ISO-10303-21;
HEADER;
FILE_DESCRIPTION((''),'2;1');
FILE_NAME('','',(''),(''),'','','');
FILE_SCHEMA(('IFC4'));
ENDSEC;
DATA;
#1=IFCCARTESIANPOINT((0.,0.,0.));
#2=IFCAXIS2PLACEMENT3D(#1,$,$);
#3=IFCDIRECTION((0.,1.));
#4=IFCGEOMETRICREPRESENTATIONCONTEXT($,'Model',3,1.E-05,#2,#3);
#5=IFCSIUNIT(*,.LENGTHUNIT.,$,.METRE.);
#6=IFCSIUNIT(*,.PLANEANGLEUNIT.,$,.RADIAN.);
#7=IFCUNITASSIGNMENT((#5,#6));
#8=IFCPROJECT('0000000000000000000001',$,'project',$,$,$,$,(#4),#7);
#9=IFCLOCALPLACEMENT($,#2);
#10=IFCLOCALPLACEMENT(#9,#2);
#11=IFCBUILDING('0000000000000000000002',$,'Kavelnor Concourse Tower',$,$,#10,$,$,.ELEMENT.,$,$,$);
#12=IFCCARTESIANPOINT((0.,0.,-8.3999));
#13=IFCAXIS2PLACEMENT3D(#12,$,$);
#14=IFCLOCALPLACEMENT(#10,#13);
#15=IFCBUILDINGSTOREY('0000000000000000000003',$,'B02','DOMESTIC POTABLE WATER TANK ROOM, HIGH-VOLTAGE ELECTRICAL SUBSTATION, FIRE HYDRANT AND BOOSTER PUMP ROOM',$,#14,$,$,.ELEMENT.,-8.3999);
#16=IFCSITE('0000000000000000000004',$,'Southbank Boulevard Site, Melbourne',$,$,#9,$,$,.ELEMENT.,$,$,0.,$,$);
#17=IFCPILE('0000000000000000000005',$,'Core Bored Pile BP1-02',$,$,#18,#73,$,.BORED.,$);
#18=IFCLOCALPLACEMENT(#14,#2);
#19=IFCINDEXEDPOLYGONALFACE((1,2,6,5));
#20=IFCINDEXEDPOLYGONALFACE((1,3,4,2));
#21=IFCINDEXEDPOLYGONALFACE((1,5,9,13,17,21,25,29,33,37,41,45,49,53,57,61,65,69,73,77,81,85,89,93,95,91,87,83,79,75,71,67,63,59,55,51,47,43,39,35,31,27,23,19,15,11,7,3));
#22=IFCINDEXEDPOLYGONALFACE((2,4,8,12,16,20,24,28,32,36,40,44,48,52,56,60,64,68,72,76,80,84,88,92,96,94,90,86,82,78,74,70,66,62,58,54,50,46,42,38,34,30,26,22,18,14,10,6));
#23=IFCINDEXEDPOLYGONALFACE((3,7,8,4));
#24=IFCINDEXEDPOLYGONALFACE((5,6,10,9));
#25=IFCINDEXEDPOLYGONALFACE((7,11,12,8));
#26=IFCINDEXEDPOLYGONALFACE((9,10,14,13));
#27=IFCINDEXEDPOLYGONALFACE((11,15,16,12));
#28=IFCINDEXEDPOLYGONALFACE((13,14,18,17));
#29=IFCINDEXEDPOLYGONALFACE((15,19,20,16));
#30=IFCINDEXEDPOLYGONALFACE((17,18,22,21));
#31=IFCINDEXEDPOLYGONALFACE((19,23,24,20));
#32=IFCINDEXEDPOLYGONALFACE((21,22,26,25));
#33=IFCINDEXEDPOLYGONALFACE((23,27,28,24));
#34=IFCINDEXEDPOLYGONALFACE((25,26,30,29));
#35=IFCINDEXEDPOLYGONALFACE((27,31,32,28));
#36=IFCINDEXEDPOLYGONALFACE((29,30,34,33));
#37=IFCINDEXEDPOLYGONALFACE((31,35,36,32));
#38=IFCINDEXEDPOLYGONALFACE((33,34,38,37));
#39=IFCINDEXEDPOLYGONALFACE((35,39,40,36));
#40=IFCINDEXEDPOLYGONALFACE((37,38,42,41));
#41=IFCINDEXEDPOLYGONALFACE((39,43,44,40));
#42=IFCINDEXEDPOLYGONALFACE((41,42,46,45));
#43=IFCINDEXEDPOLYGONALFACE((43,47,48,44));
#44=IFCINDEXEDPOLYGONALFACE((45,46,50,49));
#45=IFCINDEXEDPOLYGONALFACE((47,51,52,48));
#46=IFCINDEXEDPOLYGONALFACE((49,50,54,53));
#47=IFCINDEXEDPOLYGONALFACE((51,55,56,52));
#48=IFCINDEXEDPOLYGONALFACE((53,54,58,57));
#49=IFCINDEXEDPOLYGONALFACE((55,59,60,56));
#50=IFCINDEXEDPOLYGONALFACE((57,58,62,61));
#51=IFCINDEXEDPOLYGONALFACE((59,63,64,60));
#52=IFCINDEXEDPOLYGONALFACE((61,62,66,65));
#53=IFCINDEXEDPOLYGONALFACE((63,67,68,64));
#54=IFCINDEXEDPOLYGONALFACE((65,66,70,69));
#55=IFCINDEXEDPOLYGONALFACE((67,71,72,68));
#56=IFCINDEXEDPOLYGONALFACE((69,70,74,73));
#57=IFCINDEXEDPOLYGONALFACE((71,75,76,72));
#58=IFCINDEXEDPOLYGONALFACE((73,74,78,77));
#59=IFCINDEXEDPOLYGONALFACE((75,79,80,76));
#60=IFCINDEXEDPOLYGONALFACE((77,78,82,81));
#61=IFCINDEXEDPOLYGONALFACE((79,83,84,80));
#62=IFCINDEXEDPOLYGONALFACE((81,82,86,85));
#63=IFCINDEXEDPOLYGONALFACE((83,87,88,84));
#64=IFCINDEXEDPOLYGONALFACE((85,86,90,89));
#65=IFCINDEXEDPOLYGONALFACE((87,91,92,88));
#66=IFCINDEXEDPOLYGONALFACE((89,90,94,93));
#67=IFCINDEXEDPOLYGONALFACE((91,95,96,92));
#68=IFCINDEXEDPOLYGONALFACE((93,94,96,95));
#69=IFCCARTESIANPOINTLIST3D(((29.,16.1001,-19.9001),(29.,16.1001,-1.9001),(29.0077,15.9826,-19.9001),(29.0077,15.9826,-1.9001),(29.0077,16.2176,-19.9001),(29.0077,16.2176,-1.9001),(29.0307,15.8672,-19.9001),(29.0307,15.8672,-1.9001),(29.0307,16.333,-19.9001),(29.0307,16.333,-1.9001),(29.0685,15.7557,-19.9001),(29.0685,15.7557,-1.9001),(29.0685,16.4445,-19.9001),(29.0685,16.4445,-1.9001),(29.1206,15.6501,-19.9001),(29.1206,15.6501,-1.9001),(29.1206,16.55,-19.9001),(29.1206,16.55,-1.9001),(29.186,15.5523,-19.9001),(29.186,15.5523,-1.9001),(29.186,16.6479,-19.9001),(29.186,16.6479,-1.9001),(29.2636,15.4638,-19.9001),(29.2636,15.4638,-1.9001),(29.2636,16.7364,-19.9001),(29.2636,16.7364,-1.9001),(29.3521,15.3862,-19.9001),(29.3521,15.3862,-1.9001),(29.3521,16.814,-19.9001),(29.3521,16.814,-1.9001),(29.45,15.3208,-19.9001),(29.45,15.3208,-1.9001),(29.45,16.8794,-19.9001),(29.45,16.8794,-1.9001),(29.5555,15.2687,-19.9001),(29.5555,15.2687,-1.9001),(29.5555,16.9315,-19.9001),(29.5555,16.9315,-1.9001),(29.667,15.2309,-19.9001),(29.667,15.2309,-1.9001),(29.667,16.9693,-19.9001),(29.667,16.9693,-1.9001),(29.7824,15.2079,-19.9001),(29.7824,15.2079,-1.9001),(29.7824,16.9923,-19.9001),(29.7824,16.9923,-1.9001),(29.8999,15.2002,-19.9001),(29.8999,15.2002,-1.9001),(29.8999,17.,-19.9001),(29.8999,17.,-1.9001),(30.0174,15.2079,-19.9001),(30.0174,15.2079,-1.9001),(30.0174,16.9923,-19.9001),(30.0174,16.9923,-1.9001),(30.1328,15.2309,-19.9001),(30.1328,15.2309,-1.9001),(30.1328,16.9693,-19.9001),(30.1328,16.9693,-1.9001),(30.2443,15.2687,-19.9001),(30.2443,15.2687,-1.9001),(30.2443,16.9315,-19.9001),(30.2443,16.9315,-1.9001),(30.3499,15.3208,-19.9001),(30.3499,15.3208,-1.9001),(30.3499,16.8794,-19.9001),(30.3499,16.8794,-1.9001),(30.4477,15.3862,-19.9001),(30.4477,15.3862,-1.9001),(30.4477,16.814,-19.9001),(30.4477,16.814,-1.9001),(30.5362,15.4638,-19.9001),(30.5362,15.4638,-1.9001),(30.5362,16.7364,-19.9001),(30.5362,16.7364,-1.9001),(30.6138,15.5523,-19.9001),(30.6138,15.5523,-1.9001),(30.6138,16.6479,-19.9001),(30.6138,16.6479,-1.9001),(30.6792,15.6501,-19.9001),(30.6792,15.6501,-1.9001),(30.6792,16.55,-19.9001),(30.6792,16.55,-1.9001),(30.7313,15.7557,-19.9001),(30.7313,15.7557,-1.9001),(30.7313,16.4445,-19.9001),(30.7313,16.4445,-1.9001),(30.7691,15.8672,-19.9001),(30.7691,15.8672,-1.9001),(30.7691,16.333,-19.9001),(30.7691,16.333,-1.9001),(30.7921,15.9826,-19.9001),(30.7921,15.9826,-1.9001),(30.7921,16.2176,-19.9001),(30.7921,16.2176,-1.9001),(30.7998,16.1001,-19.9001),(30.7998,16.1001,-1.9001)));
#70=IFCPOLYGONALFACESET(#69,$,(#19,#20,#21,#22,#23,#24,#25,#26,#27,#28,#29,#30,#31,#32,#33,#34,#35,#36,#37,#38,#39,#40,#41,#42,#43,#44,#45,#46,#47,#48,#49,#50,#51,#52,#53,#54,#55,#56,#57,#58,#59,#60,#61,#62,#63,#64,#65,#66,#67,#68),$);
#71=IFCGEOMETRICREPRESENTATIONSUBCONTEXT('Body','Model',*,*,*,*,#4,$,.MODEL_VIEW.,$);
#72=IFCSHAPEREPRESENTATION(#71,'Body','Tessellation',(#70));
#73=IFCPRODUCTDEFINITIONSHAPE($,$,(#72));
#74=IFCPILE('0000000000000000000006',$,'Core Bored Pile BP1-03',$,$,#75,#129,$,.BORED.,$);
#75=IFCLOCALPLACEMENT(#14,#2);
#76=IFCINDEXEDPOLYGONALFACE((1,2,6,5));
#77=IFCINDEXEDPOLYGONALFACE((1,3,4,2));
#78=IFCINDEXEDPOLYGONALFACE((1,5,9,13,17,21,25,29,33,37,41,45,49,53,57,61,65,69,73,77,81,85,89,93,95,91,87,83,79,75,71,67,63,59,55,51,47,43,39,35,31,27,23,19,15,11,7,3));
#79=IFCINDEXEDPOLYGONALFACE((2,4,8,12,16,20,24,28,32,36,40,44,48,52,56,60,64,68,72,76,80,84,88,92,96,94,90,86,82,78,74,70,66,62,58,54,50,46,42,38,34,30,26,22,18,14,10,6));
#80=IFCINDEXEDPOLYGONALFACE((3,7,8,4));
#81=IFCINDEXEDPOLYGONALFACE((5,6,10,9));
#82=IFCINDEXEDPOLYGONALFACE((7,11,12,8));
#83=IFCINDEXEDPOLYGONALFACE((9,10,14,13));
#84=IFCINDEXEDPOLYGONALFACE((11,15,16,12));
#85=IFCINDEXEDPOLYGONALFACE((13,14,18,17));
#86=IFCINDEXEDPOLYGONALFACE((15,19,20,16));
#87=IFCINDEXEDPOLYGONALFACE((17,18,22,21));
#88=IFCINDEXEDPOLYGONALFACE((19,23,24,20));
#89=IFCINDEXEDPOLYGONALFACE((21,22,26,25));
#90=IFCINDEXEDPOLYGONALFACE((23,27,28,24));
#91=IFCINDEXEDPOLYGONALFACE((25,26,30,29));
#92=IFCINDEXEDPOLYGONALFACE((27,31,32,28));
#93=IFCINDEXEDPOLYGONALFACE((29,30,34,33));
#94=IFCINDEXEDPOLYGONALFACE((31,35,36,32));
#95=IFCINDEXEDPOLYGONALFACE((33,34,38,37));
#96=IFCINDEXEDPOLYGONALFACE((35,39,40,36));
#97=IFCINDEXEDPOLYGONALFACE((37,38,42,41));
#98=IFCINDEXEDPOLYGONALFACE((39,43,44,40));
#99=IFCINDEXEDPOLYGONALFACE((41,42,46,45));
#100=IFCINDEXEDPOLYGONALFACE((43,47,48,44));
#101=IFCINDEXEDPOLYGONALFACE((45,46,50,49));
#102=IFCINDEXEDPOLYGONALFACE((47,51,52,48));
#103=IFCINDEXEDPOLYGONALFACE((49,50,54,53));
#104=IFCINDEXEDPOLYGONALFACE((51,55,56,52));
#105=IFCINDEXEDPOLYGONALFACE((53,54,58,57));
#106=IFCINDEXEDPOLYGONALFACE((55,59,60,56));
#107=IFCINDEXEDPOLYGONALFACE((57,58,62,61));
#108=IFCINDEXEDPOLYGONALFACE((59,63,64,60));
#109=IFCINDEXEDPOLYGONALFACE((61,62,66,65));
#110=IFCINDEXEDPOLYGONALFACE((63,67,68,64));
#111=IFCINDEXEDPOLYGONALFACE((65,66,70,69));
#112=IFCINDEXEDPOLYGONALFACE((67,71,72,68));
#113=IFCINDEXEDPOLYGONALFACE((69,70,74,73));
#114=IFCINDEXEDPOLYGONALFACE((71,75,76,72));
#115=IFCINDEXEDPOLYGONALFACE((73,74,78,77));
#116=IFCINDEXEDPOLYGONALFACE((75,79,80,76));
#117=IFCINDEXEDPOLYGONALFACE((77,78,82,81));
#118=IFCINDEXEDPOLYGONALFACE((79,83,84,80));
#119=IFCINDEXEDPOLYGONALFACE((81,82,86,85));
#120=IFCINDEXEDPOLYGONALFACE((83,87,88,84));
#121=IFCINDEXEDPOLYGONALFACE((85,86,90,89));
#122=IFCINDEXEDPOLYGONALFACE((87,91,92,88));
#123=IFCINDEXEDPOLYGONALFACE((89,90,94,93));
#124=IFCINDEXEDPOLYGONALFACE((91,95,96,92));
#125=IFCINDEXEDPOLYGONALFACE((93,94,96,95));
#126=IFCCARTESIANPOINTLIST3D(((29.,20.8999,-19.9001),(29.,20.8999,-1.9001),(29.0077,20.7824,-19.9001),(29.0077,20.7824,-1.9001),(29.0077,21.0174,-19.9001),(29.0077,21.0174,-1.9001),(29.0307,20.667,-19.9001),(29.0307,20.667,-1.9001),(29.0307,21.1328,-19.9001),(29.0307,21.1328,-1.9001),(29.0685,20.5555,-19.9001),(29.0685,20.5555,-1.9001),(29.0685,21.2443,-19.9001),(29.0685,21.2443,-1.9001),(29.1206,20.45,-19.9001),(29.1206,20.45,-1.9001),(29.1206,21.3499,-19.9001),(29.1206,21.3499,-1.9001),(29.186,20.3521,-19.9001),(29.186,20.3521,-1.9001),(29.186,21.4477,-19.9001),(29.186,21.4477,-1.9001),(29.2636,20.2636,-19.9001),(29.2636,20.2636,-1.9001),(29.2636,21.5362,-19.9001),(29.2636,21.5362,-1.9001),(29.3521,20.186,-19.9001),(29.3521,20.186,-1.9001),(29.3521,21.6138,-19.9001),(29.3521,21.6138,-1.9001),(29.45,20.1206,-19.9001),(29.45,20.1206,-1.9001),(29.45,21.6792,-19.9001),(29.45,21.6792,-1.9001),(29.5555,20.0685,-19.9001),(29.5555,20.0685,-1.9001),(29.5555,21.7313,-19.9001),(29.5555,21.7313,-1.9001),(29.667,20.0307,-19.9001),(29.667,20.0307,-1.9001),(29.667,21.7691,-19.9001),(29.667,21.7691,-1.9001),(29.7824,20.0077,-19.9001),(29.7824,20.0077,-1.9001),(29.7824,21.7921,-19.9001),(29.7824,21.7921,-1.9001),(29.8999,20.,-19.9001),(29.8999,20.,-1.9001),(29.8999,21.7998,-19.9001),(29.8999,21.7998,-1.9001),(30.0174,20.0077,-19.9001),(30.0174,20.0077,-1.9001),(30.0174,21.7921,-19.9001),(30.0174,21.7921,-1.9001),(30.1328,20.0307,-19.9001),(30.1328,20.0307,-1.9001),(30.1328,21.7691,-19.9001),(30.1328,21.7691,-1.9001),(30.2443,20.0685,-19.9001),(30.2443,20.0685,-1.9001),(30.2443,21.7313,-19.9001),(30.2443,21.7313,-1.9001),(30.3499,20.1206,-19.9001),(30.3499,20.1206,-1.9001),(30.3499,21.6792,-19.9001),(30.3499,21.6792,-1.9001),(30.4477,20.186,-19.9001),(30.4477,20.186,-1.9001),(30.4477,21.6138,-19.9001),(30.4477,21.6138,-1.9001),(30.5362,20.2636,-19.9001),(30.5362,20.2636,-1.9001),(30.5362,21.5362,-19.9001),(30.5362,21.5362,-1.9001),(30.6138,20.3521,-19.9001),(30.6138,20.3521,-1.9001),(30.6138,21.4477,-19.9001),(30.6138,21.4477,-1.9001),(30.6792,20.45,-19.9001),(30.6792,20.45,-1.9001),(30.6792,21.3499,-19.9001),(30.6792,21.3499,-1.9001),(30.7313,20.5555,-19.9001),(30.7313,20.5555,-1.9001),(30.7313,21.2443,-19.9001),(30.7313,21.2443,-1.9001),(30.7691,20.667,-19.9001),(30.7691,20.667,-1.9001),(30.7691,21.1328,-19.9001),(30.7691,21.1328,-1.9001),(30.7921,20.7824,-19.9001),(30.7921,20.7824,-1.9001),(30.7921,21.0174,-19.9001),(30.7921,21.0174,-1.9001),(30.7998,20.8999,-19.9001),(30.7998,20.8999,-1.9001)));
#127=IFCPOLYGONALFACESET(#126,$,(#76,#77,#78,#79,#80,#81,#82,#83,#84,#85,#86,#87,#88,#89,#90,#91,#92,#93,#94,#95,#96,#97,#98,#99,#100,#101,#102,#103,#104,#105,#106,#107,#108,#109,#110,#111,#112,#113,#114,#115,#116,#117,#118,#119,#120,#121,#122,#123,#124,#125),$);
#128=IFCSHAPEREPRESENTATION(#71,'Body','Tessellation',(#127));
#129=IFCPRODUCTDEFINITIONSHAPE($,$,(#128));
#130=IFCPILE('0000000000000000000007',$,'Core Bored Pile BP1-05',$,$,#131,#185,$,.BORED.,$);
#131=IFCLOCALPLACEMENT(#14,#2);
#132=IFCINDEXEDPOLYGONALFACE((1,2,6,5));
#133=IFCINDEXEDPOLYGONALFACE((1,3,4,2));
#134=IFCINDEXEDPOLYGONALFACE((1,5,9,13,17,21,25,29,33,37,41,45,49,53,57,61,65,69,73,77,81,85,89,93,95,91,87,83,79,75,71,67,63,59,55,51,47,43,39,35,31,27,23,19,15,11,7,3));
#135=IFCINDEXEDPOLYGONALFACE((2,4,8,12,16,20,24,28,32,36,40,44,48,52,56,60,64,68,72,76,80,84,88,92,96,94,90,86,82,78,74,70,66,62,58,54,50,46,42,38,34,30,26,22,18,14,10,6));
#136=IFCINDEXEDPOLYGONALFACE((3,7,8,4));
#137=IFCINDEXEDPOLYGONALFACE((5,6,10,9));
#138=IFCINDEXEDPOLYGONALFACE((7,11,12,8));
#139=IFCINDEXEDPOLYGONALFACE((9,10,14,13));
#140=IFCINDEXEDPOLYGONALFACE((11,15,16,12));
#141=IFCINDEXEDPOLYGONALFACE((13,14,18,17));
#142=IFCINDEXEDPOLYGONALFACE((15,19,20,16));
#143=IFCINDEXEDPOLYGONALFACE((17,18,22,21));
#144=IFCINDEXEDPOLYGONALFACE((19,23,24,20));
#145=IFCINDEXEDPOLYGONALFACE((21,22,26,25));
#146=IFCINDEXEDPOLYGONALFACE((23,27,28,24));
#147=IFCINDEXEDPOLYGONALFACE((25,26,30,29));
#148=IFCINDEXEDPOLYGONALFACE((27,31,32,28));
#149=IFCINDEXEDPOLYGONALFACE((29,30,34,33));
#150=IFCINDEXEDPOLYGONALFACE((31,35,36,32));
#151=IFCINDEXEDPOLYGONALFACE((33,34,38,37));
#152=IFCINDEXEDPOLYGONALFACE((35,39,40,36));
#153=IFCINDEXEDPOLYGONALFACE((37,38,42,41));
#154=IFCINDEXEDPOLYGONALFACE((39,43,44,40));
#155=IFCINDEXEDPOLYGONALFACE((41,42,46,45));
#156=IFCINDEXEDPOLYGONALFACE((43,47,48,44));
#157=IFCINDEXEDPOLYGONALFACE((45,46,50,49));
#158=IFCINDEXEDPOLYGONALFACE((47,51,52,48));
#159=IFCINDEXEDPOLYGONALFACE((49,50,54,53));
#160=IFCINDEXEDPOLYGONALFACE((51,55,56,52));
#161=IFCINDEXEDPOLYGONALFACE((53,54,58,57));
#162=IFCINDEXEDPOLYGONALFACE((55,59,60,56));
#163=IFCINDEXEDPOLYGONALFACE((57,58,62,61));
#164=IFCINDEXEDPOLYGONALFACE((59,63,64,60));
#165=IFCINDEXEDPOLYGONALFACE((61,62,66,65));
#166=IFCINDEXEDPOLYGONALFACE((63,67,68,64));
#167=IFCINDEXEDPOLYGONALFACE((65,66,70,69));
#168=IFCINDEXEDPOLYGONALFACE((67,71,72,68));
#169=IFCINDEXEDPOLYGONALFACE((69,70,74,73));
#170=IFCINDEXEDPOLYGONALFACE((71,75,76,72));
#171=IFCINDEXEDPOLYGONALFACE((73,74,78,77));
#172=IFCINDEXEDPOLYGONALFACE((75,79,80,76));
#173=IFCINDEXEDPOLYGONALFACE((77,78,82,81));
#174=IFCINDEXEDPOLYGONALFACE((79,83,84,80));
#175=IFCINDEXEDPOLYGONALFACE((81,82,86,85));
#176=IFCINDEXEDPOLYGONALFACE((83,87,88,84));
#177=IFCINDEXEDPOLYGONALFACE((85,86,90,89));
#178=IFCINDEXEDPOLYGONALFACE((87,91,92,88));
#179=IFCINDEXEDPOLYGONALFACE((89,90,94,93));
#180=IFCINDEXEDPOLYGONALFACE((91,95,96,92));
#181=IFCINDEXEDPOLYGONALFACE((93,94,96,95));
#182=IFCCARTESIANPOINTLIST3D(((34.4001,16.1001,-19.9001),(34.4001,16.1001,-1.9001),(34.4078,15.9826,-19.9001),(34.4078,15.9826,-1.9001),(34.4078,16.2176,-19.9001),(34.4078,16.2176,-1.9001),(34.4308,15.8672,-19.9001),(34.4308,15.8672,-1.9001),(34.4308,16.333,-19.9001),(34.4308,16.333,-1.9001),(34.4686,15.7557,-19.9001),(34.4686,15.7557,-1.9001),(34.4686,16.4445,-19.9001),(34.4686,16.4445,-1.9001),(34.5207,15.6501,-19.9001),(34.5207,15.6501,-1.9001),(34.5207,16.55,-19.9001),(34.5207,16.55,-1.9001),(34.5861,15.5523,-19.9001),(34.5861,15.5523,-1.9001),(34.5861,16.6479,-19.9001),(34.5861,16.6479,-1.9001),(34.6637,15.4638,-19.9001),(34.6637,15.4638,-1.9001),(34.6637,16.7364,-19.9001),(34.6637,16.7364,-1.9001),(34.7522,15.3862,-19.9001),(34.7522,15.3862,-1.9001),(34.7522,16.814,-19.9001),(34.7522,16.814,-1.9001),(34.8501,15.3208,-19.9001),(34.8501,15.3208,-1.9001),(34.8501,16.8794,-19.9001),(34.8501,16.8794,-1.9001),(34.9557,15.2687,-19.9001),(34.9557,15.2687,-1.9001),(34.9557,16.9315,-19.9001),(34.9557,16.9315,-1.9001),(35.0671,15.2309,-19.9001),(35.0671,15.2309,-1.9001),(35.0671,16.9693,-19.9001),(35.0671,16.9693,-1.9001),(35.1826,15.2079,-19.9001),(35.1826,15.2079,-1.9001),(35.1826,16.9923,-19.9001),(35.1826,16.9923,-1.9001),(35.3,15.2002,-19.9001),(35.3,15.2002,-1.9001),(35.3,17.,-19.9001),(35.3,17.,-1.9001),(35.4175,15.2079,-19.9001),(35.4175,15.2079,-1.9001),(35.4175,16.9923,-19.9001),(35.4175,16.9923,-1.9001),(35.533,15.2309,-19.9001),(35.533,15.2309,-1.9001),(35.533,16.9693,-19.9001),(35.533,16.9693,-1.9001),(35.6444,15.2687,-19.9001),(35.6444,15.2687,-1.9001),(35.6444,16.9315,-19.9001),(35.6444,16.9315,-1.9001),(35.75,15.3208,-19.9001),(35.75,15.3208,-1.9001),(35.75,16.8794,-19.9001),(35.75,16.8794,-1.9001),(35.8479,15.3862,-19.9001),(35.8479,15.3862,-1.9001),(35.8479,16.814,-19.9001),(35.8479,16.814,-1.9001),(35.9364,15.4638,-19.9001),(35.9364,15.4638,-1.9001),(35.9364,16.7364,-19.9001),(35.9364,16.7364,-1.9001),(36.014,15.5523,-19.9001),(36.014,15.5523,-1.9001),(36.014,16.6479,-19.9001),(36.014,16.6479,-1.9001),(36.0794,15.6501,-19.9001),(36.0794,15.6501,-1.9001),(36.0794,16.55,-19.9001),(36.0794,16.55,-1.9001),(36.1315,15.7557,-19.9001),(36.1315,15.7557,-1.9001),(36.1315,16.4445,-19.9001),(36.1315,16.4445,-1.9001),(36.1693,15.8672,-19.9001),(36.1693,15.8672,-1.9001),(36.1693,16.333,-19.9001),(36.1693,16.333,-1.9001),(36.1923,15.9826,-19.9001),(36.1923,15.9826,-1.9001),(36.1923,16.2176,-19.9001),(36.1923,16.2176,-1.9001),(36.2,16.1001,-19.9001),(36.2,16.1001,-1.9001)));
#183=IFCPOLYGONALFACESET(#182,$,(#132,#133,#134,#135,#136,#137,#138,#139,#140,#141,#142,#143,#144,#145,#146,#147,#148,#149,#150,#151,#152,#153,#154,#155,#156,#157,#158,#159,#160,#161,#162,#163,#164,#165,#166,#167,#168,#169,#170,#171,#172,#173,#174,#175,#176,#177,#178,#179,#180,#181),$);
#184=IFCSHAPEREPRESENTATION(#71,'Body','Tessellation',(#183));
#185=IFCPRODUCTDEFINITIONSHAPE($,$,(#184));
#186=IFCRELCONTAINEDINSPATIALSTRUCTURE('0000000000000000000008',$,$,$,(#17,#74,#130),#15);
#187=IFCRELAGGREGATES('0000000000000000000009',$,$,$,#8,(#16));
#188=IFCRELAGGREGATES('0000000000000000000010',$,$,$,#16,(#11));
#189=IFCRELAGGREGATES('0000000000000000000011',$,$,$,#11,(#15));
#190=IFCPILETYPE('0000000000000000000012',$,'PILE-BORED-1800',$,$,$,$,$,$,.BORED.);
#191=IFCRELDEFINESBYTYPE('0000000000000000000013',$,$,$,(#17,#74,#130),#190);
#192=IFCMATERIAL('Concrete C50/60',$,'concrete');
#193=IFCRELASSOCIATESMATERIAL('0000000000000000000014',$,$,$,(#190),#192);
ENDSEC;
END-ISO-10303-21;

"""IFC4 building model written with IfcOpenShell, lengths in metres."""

from ifc_helpers import new_model, si_unit, direction, frame, origin, origin_2d, place, context, subcontext, project, spatial, circle, extrude, material, material_profile, profile_set, type_object, element, save


model = new_model("IFC4")

# Units and contexts
model_context = context("Model", 3, precision=1e-05, world=origin(), true_north=direction((0.0, 1.0)))
body_context = subcontext(model_context, "Body", "Model", "MODEL_VIEW")
ifc_project = project(units=[si_unit("LENGTHUNIT", "METRE"), si_unit("PLANEANGLEUNIT", "RADIAN")], contexts=[model_context])

# Site, building, storey
site_placement = place(None, origin())
site = spatial("IfcSite", under=ifc_project, at=site_placement, Name="Southbank Boulevard Site, Melbourne", CompositionType="ELEMENT", RefElevation=0.0)
building_placement = place(site_placement, origin())
building = spatial("IfcBuilding", under=site, at=building_placement, Name="Kavelnor Concourse Tower", CompositionType="ELEMENT")
storey_placement = place(building_placement, frame((0.0, 0.0, -8.3999)))
storey = spatial("IfcBuildingStorey", under=building, at=storey_placement, Name="B02", Description="DOMESTIC POTABLE WATER TANK ROOM, HIGH-VOLTAGE ELECTRICAL SUBSTATION, FIRE HYDRANT AND BOOSTER PUMP ROOM", CompositionType="ELEMENT", Elevation=-8.3999)

# Piles
ifc_material_1 = material(Name="Concrete C50/60", Category="concrete")
ifc_material_profile_1 = material_profile(ifc_material_1, circle(Radius=0.8999, at=origin_2d()), Name="PILE-D1800")
ifc_profile_set_1 = profile_set([ifc_material_profile_1], Name="Concrete C50/60")
pile_type = type_object("IfcPileType", Name="PILE-BORED-1800", PredefinedType="BORED", material=ifc_profile_set_1)
for number, where, z_axis, x_axis, name in (
    (1, (29.8999, 16.1001, -1.9001), (0.0, 0.0, -1.0), (1.0, 0.0, 0.0), "Core Bored Pile BP1-02"),
    (2, (29.8999, 20.8999, -1.9001), (0.0, 0.0, -1.0), (1.0, 0.0, 0.0), "Core Bored Pile BP1-03"),
    (3, (35.3, 16.1001, -1.9001), (0.0, 0.0, -1.0), (1.0, 0.0, 0.0), "Core Bored Pile BP1-05"),
):
    element("IfcPile", number, at=place(storey_placement, frame(where, z_axis=z_axis, x_axis=x_axis)), inside=storey, type_object=pile_type, Name=name, PredefinedType="BORED", context=body_context, shape_type="SweptSolid", body=[
        extrude(circle(Radius=0.8999, at=origin_2d()), origin(), (0.0, 0.0, 1.0), 18.0),
    ])

save(model, "model.ifc")
